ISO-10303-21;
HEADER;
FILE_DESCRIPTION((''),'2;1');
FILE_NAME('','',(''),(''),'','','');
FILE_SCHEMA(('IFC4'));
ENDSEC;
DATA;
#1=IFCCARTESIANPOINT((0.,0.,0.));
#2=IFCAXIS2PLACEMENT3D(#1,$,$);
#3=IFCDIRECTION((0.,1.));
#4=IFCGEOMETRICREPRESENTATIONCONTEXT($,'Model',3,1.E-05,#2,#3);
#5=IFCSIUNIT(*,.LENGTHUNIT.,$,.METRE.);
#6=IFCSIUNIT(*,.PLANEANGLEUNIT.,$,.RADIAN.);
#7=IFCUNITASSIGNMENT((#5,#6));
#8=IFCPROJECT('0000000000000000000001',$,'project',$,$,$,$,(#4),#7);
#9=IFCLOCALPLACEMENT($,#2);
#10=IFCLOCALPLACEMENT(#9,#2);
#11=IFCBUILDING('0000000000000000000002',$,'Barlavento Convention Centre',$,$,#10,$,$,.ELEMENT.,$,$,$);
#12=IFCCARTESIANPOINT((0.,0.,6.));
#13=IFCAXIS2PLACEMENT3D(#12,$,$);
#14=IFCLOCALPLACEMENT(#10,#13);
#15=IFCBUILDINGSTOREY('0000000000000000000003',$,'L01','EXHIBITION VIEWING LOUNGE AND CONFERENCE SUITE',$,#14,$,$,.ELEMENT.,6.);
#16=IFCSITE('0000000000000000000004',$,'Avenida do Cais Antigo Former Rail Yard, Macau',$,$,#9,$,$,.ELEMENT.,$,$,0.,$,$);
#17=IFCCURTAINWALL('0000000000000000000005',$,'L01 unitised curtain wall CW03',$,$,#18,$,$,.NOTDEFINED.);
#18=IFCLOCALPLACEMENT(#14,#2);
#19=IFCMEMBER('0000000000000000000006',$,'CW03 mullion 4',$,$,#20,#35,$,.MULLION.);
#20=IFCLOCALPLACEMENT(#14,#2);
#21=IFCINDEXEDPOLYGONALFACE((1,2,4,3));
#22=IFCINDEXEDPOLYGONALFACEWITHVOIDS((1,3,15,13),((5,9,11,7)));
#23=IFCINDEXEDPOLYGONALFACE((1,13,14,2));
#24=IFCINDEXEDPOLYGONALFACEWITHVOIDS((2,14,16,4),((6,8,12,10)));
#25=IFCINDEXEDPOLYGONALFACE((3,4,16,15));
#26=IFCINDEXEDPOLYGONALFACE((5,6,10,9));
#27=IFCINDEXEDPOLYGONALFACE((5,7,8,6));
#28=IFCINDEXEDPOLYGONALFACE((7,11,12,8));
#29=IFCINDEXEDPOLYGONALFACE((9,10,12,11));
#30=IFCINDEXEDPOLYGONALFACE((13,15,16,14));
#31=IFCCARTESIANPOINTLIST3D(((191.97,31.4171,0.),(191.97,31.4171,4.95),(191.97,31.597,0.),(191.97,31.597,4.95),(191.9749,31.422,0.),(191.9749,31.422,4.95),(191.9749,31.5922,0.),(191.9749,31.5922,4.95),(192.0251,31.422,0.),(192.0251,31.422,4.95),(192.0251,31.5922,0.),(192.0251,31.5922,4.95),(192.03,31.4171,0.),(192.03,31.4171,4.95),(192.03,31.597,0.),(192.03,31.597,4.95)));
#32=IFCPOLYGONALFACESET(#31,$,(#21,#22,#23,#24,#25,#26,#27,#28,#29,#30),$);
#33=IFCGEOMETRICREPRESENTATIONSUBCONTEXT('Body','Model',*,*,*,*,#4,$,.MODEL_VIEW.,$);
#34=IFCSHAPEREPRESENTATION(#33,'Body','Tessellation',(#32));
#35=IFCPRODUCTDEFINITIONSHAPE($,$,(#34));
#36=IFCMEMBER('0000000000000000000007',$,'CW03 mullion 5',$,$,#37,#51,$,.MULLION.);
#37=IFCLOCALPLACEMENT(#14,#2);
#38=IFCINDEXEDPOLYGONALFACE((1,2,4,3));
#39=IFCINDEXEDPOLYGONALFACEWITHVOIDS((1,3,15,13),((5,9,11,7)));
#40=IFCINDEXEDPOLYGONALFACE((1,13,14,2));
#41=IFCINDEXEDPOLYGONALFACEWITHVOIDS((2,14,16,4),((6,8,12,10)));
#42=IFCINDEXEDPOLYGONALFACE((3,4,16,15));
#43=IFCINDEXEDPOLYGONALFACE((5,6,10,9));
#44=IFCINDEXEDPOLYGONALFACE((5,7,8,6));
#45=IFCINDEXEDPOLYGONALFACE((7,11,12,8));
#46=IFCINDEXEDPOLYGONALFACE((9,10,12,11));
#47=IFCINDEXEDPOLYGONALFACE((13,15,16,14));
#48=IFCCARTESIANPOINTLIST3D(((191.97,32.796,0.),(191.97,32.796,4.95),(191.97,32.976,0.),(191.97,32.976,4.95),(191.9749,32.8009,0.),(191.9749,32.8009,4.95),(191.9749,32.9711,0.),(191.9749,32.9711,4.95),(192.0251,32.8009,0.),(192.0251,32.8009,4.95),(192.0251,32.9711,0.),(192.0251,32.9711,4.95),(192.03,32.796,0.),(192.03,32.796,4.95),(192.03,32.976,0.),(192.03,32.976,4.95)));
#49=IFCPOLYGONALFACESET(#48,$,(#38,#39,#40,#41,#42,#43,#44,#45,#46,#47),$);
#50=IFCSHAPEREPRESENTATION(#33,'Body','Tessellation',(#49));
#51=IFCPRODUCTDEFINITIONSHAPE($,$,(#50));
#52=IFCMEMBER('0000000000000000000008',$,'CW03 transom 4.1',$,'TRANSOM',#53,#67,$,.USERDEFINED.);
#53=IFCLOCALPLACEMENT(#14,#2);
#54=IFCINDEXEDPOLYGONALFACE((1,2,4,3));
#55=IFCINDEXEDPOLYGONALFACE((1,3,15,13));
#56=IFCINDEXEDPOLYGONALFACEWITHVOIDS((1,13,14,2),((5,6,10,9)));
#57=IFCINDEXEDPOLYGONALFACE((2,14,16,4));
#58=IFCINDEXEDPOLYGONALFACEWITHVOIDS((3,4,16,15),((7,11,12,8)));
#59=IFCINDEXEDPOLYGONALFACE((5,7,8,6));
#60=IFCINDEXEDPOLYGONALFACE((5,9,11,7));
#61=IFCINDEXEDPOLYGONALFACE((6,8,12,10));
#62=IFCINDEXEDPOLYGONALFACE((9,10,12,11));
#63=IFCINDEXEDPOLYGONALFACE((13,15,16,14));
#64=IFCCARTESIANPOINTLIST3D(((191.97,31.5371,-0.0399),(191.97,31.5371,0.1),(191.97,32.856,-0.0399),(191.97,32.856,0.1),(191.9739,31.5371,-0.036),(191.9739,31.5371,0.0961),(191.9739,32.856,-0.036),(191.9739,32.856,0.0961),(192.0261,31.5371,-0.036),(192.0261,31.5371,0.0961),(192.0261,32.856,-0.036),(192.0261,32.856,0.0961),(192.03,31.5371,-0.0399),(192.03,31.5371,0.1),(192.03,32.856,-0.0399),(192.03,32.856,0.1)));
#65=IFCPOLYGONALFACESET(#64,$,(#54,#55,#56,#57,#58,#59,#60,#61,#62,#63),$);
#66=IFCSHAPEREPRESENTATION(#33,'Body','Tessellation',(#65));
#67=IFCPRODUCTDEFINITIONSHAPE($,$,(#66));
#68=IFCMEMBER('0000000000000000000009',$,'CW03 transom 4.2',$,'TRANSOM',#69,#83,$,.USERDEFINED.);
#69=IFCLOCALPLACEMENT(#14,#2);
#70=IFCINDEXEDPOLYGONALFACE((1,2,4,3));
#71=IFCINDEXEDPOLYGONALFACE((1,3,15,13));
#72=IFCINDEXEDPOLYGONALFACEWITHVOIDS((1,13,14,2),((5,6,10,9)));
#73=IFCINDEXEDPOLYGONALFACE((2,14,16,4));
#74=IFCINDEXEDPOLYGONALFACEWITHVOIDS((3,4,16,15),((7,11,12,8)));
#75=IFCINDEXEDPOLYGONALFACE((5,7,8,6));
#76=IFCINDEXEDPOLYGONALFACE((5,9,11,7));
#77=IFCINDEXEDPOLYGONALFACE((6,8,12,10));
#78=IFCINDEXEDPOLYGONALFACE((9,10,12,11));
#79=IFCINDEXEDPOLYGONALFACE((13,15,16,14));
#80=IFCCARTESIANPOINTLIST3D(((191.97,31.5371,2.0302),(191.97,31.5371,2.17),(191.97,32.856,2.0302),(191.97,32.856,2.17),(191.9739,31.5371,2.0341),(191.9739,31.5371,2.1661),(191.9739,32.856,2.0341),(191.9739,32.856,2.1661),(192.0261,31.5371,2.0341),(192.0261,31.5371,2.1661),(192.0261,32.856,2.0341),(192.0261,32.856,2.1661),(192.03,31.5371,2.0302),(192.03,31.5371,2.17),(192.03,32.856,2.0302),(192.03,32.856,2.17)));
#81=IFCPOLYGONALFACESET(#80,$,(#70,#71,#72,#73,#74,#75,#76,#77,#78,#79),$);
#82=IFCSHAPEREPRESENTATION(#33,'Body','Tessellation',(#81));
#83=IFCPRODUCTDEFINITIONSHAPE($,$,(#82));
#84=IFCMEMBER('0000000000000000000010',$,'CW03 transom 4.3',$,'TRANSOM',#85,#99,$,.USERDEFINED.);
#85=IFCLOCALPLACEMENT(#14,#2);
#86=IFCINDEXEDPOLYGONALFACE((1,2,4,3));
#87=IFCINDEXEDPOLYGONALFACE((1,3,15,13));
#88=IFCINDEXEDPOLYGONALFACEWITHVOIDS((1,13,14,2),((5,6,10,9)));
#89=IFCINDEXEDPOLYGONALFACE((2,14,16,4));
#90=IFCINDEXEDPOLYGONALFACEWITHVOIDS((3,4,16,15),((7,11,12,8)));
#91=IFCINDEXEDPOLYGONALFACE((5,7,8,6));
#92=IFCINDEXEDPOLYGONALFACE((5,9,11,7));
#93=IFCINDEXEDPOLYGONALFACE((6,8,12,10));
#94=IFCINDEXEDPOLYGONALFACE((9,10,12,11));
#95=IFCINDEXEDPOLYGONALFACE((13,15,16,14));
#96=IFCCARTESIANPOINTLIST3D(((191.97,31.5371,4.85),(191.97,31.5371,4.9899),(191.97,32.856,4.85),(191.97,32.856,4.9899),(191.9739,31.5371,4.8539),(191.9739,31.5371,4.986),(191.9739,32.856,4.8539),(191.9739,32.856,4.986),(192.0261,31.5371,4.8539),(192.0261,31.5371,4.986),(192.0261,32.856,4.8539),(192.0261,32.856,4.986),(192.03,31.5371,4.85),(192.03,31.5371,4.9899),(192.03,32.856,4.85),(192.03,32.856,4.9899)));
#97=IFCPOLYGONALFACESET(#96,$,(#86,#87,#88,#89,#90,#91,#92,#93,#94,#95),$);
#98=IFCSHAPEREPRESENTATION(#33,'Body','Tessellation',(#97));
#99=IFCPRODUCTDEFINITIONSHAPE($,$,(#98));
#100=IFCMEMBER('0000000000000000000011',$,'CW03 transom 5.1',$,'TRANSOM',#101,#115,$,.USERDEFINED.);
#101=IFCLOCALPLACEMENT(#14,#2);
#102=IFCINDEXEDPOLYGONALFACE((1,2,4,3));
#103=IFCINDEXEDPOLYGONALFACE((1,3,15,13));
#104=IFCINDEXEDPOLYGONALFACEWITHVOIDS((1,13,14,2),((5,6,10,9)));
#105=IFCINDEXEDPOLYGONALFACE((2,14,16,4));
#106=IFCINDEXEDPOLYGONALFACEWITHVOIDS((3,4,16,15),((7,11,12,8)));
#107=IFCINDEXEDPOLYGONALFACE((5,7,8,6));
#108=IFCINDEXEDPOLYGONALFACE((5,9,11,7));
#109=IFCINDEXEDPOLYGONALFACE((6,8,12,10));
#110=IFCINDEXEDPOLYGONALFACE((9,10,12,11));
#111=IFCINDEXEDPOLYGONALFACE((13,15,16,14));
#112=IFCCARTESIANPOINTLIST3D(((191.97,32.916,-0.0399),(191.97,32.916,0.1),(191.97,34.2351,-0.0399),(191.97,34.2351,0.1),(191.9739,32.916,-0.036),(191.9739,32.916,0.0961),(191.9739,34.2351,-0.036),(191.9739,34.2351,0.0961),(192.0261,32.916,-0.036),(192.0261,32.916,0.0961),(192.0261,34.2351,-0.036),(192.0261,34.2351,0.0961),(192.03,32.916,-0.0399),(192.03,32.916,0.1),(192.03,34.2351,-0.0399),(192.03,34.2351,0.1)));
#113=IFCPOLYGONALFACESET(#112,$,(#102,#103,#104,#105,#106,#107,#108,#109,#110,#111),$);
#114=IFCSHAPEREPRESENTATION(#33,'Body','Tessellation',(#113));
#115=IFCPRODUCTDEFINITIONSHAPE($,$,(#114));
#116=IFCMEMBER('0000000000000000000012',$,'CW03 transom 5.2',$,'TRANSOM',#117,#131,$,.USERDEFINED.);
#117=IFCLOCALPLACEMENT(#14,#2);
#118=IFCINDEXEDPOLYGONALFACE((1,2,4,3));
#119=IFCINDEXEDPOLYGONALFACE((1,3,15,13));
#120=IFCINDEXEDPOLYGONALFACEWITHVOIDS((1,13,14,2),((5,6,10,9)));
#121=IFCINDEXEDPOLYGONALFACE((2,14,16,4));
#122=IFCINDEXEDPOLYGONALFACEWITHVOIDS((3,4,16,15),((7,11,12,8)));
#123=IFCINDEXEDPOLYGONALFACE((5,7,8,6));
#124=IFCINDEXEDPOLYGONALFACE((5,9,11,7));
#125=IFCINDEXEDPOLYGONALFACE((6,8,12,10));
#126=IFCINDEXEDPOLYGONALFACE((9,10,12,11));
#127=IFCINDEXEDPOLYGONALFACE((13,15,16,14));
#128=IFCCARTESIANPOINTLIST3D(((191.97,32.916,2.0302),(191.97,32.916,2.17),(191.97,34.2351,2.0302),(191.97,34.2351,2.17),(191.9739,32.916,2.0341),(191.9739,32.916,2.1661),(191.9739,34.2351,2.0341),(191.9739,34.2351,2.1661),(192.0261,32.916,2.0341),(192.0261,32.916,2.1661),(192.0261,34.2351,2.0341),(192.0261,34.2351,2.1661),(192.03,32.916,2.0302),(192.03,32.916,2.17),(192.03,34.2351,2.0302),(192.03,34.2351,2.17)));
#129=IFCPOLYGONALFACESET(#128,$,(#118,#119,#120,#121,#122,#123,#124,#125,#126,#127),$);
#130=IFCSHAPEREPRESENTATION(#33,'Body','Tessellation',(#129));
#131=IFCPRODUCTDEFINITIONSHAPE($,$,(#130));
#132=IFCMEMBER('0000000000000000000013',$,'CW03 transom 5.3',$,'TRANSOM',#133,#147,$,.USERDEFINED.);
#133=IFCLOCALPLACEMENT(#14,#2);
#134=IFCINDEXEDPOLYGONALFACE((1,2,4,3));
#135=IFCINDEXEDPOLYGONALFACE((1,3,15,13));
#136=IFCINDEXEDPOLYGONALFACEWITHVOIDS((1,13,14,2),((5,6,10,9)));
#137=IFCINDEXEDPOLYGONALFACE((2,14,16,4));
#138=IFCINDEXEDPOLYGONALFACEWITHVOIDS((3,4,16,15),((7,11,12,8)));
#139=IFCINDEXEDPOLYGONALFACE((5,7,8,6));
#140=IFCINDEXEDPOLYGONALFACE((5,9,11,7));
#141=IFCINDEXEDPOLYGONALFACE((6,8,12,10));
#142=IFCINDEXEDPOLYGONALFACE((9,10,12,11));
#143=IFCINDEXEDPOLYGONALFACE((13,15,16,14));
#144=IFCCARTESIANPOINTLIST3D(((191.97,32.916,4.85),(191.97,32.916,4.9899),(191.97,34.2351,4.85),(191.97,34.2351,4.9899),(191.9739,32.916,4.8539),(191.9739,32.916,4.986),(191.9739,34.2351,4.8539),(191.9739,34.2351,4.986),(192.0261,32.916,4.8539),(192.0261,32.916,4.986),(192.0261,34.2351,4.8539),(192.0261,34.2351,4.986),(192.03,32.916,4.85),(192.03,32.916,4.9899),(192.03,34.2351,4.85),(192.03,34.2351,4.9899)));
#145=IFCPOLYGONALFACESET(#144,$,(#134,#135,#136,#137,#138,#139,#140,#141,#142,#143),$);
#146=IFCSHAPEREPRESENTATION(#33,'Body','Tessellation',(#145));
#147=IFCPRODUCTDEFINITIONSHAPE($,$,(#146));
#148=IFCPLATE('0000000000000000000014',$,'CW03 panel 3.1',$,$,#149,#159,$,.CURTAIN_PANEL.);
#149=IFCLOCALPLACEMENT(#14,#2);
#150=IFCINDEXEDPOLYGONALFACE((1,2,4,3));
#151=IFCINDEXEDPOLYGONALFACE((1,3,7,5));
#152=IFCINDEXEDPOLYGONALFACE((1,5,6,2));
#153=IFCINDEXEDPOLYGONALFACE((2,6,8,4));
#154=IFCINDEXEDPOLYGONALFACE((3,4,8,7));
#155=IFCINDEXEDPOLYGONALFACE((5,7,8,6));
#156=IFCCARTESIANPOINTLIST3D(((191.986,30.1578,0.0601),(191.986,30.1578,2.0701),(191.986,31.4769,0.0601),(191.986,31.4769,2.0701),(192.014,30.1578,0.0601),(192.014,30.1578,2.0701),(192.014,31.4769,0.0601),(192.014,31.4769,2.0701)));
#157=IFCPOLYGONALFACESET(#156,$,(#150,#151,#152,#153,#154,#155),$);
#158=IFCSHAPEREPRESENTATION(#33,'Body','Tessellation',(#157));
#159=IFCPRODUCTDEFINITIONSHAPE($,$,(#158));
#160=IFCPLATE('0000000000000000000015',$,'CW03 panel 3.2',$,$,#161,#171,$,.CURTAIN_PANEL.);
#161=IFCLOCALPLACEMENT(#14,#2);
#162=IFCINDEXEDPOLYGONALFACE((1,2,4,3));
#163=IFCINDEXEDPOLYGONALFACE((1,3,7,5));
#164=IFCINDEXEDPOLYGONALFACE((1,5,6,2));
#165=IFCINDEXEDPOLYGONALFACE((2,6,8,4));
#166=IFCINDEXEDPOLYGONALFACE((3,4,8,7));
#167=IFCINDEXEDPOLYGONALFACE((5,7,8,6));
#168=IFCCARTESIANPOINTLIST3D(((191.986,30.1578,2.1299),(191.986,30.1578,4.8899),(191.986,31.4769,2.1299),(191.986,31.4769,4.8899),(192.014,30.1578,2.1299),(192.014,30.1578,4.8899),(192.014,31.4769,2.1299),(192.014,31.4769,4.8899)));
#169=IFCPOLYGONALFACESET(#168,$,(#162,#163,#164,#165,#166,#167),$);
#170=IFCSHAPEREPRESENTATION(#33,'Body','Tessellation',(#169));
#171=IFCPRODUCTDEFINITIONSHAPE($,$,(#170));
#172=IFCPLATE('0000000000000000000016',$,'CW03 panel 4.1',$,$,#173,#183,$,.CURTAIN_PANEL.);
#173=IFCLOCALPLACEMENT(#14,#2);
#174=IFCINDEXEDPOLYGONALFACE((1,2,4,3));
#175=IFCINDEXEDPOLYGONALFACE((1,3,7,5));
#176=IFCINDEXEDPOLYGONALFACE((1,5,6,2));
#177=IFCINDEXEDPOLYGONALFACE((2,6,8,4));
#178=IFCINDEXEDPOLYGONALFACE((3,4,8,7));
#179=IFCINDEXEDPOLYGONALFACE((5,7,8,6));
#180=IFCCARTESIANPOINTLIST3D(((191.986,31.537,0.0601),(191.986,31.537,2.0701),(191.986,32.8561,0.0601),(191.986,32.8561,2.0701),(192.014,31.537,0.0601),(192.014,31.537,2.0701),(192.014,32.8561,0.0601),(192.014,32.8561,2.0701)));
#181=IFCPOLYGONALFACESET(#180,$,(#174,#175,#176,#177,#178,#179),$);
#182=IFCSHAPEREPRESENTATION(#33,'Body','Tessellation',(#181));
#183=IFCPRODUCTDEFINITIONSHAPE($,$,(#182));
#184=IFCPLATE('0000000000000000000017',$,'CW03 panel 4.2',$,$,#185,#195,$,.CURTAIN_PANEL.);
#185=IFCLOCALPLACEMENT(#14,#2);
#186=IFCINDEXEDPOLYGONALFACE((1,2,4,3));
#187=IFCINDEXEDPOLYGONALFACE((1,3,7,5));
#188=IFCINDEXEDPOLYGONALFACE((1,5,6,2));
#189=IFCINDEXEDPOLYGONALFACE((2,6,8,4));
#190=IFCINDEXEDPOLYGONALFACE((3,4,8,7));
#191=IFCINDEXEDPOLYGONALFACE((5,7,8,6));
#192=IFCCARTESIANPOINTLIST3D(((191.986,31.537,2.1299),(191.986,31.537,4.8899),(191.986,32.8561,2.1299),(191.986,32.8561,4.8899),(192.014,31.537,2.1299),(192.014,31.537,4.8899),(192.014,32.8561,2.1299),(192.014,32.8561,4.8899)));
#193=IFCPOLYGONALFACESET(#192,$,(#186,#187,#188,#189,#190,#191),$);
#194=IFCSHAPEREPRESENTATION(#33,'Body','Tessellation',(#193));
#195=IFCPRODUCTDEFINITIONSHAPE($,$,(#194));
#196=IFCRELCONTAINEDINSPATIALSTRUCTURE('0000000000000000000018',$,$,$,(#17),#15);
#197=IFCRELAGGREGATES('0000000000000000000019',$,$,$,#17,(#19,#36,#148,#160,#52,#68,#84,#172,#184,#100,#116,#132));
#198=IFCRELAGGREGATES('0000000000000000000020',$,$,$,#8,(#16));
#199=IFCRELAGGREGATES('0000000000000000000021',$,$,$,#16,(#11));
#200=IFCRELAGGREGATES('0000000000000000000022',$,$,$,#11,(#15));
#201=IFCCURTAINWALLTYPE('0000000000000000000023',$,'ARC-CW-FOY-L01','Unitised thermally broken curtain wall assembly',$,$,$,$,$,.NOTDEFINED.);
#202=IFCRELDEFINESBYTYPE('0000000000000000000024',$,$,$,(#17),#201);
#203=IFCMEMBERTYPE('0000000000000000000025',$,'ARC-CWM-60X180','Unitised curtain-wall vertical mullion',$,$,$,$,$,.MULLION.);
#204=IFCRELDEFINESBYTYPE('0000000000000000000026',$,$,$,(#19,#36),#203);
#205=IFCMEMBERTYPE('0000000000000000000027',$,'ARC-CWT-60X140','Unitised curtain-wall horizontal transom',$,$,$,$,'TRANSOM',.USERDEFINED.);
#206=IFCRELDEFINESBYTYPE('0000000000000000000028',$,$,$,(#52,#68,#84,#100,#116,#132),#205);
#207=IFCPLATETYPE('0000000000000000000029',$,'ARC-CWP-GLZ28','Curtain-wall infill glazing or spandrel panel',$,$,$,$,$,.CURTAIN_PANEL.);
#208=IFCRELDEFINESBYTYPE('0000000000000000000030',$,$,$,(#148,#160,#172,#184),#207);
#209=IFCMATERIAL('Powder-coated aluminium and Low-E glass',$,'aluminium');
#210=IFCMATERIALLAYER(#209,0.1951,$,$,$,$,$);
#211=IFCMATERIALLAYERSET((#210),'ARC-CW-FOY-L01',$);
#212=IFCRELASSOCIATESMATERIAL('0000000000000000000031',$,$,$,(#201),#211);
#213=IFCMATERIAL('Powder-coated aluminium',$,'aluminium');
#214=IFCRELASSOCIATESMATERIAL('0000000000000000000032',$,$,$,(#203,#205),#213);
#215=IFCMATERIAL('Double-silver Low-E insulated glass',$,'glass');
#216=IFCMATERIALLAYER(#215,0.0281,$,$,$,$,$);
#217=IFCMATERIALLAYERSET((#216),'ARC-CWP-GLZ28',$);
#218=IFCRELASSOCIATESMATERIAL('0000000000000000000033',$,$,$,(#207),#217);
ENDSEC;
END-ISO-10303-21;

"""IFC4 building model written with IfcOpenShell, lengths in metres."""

from ifc_helpers import new_model, si_unit, direction, frame, origin, origin_2d, place, context, subcontext, project, spatial, rectangle, hollow_rectangle, extrude, material, layer, layer_set, material_profile, profile_set, type_object, element, aggregate, save


model = new_model("IFC4")

# Units and contexts
model_context = context("Model", 3, precision=1e-05, world=origin(), true_north=direction((0.0, 1.0)))
body_context = subcontext(model_context, "Body", "Model", "MODEL_VIEW")
ifc_project = project(units=[si_unit("LENGTHUNIT", "METRE"), si_unit("PLANEANGLEUNIT", "RADIAN")], contexts=[model_context])

# Site, building, storey
site_placement = place(None, origin())
site = spatial("IfcSite", under=ifc_project, at=site_placement, Name="Avenida do Cais Antigo Former Rail Yard, Macau", CompositionType="ELEMENT", RefElevation=0.0)
building_placement = place(site_placement, origin())
building = spatial("IfcBuilding", under=site, at=building_placement, Name="Barlavento Convention Centre", CompositionType="ELEMENT")
storey_placement = place(building_placement, frame((0.0, 0.0, 6.0)))
storey = spatial("IfcBuildingStorey", under=building, at=storey_placement, Name="L01", Description="EXHIBITION VIEWING LOUNGE AND CONFERENCE SUITE", CompositionType="ELEMENT", Elevation=6.0)

# Curtain wall, members, plates
ifc_material_1 = material(Name="Powder-coated aluminium and Low-E glass", Category="aluminium")
ifc_layer_1 = layer(ifc_material_1, 0.1951)
ifc_layer_set_1 = layer_set([ifc_layer_1], Name="ARC-CW-FOY-L01")
curtain_wall_type = type_object("IfcCurtainWallType", Name="ARC-CW-FOY-L01", Description="Unitised thermally broken curtain wall assembly", PredefinedType="NOTDEFINED", material=ifc_layer_set_1)
curtain_wall_placement = place(storey_placement, origin())
curtain_wall = element("IfcCurtainWall", 1, at=curtain_wall_placement, inside=storey, type_object=curtain_wall_type, Name="L01 unitised curtain wall CW03", PredefinedType="NOTDEFINED")
ifc_material_2 = material(Name="Powder-coated aluminium", Category="aluminium")
ifc_material_profile_1 = material_profile(ifc_material_2, hollow_rectangle(XDim=0.0601, YDim=0.1799, WallThickness=0.0049, at=origin_2d()), Name="AL-MULL 60x180x5")
ifc_profile_set_1 = profile_set([ifc_material_profile_1], Name="Powder-coated aluminium")
member_type_1 = type_object("IfcMemberType", Name="ARC-CWM-60X180", Description="Unitised curtain-wall vertical mullion", PredefinedType="MULLION", material=ifc_profile_set_1)
member_1_placement = place(storey_placement, frame((192.0, 31.5071, 0.0), z_axis=(0.0, 0.0, 1.0), x_axis=(-1.0, 0.0, 0.0)))
member_1 = element("IfcMember", 2, at=member_1_placement, type_object=member_type_1, Name="CW03 mullion 4", PredefinedType="MULLION", context=body_context, shape_type="SweptSolid", body=[
    extrude(hollow_rectangle(XDim=0.0601, YDim=0.1799, WallThickness=0.0049, at=origin_2d()), origin(), (0.0, 0.0, 1.0), 4.95),
])
member_2_placement = place(storey_placement, frame((192.0, 32.886, 0.0), z_axis=(0.0, 0.0, 1.0), x_axis=(-1.0, 0.0, 0.0)))
member_2 = element("IfcMember", 3, at=member_2_placement, type_object=member_type_1, Name="CW03 mullion 5", PredefinedType="MULLION", context=body_context, shape_type="SweptSolid", body=[
    extrude(hollow_rectangle(XDim=0.0601, YDim=0.1799, WallThickness=0.0049, at=origin_2d()), origin(), (0.0, 0.0, 1.0), 4.95),
])
ifc_material_profile_2 = material_profile(ifc_material_2, hollow_rectangle(XDim=0.0601, YDim=0.1399, WallThickness=0.0039, at=origin_2d()), Name="AL-TRAN 60x140x4")
ifc_profile_set_2 = profile_set([ifc_material_profile_2], Name="Powder-coated aluminium")
member_type_2 = type_object("IfcMemberType", Name="ARC-CWT-60X140", Description="Unitised curtain-wall horizontal transom", ElementType="TRANSOM", PredefinedType="USERDEFINED", material=ifc_profile_set_2)
member_3_placement = place(storey_placement, frame((192.0, 31.5371, 0.03), z_axis=(0.0, 1.0, 0.0), x_axis=(-1.0, 0.0, 0.0)))
member_3 = element("IfcMember", 4, at=member_3_placement, type_object=member_type_2, Name="CW03 transom 4.1", ObjectType="TRANSOM", PredefinedType="USERDEFINED", context=body_context, shape_type="SweptSolid", body=[
    extrude(hollow_rectangle(XDim=0.0601, YDim=0.1399, WallThickness=0.0039, at=origin_2d()), origin(), (0.0, 0.0, 1.0), 1.3188),
])
member_4_placement = place(storey_placement, frame((192.0, 31.5371, 2.1001), z_axis=(0.0, 1.0, 0.0), x_axis=(-1.0, 0.0, 0.0)))
member_4 = element("IfcMember", 5, at=member_4_placement, type_object=member_type_2, Name="CW03 transom 4.2", ObjectType="TRANSOM", PredefinedType="USERDEFINED", context=body_context, shape_type="SweptSolid", body=[
    extrude(hollow_rectangle(XDim=0.0601, YDim=0.1399, WallThickness=0.0039, at=origin_2d()), origin(), (0.0, 0.0, 1.0), 1.3188),
])
member_5_placement = place(storey_placement, frame((192.0, 31.5371, 4.9199), z_axis=(0.0, 1.0, 0.0), x_axis=(-1.0, 0.0, 0.0)))
member_5 = element("IfcMember", 6, at=member_5_placement, type_object=member_type_2, Name="CW03 transom 4.3", ObjectType="TRANSOM", PredefinedType="USERDEFINED", context=body_context, shape_type="SweptSolid", body=[
    extrude(hollow_rectangle(XDim=0.0601, YDim=0.1399, WallThickness=0.0039, at=origin_2d()), origin(), (0.0, 0.0, 1.0), 1.3188),
])
member_6_placement = place(storey_placement, frame((192.0, 32.916, 0.03), z_axis=(0.0, 1.0, 0.0), x_axis=(-1.0, 0.0, 0.0)))
member_6 = element("IfcMember", 7, at=member_6_placement, type_object=member_type_2, Name="CW03 transom 5.1", ObjectType="TRANSOM", PredefinedType="USERDEFINED", context=body_context, shape_type="SweptSolid", body=[
    extrude(hollow_rectangle(XDim=0.0601, YDim=0.1399, WallThickness=0.0039, at=origin_2d()), origin(), (0.0, 0.0, 1.0), 1.3191),
])
member_7_placement = place(storey_placement, frame((192.0, 32.916, 2.1001), z_axis=(0.0, 1.0, 0.0), x_axis=(-1.0, 0.0, 0.0)))
member_7 = element("IfcMember", 8, at=member_7_placement, type_object=member_type_2, Name="CW03 transom 5.2", ObjectType="TRANSOM", PredefinedType="USERDEFINED", context=body_context, shape_type="SweptSolid", body=[
    extrude(hollow_rectangle(XDim=0.0601, YDim=0.1399, WallThickness=0.0039, at=origin_2d()), origin(), (0.0, 0.0, 1.0), 1.3191),
])
member_8_placement = place(storey_placement, frame((192.0, 32.916, 4.9199), z_axis=(0.0, 1.0, 0.0), x_axis=(-1.0, 0.0, 0.0)))
member_8 = element("IfcMember", 9, at=member_8_placement, type_object=member_type_2, Name="CW03 transom 5.3", ObjectType="TRANSOM", PredefinedType="USERDEFINED", context=body_context, shape_type="SweptSolid", body=[
    extrude(hollow_rectangle(XDim=0.0601, YDim=0.1399, WallThickness=0.0039, at=origin_2d()), origin(), (0.0, 0.0, 1.0), 1.3191),
])
ifc_material_3 = material(Name="Double-silver Low-E insulated glass", Category="glass")
ifc_layer_2 = layer(ifc_material_3, 0.0281)
ifc_layer_set_2 = layer_set([ifc_layer_2], Name="ARC-CWP-GLZ28")
plate_type = type_object("IfcPlateType", Name="ARC-CWP-GLZ28", Description="Curtain-wall infill glazing or spandrel panel", PredefinedType="CURTAIN_PANEL", material=ifc_layer_set_2)
plate_1_placement = place(storey_placement, frame((192.0, 30.8174, 0.0601), z_axis=(0.0, 0.0, 1.0), x_axis=(0.0, 1.0, 0.0)))
plate_1 = element("IfcPlate", 10, at=plate_1_placement, type_object=plate_type, Name="CW03 panel 3.1", PredefinedType="CURTAIN_PANEL", context=body_context, shape_type="SweptSolid", body=[
    extrude(rectangle(XDim=1.3191, YDim=0.0281, at=origin_2d()), origin(), (0.0, 0.0, 1.0), 2.01),
])
plate_2_placement = place(storey_placement, frame((192.0, 30.8174, 2.1299), z_axis=(0.0, 0.0, 1.0), x_axis=(0.0, 1.0, 0.0)))
plate_2 = element("IfcPlate", 11, at=plate_2_placement, type_object=plate_type, Name="CW03 panel 3.2", PredefinedType="CURTAIN_PANEL", context=body_context, shape_type="SweptSolid", body=[
    extrude(rectangle(XDim=1.3191, YDim=0.0281, at=origin_2d()), origin(), (0.0, 0.0, 1.0), 2.76),
])
plate_3_placement = place(storey_placement, frame((192.0, 32.1965, 0.0601), z_axis=(0.0, 0.0, 1.0), x_axis=(0.0, 1.0, 0.0)))
plate_3 = element("IfcPlate", 12, at=plate_3_placement, type_object=plate_type, Name="CW03 panel 4.1", PredefinedType="CURTAIN_PANEL", context=body_context, shape_type="SweptSolid", body=[
    extrude(rectangle(XDim=1.3191, YDim=0.0281, at=origin_2d()), origin(), (0.0, 0.0, 1.0), 2.01),
])
plate_4_placement = place(storey_placement, frame((192.0, 32.1965, 2.1299), z_axis=(0.0, 0.0, 1.0), x_axis=(0.0, 1.0, 0.0)))
plate_4 = element("IfcPlate", 13, at=plate_4_placement, type_object=plate_type, Name="CW03 panel 4.2", PredefinedType="CURTAIN_PANEL", context=body_context, shape_type="SweptSolid", body=[
    extrude(rectangle(XDim=1.3191, YDim=0.0281, at=origin_2d()), origin(), (0.0, 0.0, 1.0), 2.76),
])
aggregate(curtain_wall, [member_1, member_2, plate_1, plate_2, member_3, member_4, member_5, plate_3, plate_4, member_6, member_7, member_8])

save(model, "model.ifc")
